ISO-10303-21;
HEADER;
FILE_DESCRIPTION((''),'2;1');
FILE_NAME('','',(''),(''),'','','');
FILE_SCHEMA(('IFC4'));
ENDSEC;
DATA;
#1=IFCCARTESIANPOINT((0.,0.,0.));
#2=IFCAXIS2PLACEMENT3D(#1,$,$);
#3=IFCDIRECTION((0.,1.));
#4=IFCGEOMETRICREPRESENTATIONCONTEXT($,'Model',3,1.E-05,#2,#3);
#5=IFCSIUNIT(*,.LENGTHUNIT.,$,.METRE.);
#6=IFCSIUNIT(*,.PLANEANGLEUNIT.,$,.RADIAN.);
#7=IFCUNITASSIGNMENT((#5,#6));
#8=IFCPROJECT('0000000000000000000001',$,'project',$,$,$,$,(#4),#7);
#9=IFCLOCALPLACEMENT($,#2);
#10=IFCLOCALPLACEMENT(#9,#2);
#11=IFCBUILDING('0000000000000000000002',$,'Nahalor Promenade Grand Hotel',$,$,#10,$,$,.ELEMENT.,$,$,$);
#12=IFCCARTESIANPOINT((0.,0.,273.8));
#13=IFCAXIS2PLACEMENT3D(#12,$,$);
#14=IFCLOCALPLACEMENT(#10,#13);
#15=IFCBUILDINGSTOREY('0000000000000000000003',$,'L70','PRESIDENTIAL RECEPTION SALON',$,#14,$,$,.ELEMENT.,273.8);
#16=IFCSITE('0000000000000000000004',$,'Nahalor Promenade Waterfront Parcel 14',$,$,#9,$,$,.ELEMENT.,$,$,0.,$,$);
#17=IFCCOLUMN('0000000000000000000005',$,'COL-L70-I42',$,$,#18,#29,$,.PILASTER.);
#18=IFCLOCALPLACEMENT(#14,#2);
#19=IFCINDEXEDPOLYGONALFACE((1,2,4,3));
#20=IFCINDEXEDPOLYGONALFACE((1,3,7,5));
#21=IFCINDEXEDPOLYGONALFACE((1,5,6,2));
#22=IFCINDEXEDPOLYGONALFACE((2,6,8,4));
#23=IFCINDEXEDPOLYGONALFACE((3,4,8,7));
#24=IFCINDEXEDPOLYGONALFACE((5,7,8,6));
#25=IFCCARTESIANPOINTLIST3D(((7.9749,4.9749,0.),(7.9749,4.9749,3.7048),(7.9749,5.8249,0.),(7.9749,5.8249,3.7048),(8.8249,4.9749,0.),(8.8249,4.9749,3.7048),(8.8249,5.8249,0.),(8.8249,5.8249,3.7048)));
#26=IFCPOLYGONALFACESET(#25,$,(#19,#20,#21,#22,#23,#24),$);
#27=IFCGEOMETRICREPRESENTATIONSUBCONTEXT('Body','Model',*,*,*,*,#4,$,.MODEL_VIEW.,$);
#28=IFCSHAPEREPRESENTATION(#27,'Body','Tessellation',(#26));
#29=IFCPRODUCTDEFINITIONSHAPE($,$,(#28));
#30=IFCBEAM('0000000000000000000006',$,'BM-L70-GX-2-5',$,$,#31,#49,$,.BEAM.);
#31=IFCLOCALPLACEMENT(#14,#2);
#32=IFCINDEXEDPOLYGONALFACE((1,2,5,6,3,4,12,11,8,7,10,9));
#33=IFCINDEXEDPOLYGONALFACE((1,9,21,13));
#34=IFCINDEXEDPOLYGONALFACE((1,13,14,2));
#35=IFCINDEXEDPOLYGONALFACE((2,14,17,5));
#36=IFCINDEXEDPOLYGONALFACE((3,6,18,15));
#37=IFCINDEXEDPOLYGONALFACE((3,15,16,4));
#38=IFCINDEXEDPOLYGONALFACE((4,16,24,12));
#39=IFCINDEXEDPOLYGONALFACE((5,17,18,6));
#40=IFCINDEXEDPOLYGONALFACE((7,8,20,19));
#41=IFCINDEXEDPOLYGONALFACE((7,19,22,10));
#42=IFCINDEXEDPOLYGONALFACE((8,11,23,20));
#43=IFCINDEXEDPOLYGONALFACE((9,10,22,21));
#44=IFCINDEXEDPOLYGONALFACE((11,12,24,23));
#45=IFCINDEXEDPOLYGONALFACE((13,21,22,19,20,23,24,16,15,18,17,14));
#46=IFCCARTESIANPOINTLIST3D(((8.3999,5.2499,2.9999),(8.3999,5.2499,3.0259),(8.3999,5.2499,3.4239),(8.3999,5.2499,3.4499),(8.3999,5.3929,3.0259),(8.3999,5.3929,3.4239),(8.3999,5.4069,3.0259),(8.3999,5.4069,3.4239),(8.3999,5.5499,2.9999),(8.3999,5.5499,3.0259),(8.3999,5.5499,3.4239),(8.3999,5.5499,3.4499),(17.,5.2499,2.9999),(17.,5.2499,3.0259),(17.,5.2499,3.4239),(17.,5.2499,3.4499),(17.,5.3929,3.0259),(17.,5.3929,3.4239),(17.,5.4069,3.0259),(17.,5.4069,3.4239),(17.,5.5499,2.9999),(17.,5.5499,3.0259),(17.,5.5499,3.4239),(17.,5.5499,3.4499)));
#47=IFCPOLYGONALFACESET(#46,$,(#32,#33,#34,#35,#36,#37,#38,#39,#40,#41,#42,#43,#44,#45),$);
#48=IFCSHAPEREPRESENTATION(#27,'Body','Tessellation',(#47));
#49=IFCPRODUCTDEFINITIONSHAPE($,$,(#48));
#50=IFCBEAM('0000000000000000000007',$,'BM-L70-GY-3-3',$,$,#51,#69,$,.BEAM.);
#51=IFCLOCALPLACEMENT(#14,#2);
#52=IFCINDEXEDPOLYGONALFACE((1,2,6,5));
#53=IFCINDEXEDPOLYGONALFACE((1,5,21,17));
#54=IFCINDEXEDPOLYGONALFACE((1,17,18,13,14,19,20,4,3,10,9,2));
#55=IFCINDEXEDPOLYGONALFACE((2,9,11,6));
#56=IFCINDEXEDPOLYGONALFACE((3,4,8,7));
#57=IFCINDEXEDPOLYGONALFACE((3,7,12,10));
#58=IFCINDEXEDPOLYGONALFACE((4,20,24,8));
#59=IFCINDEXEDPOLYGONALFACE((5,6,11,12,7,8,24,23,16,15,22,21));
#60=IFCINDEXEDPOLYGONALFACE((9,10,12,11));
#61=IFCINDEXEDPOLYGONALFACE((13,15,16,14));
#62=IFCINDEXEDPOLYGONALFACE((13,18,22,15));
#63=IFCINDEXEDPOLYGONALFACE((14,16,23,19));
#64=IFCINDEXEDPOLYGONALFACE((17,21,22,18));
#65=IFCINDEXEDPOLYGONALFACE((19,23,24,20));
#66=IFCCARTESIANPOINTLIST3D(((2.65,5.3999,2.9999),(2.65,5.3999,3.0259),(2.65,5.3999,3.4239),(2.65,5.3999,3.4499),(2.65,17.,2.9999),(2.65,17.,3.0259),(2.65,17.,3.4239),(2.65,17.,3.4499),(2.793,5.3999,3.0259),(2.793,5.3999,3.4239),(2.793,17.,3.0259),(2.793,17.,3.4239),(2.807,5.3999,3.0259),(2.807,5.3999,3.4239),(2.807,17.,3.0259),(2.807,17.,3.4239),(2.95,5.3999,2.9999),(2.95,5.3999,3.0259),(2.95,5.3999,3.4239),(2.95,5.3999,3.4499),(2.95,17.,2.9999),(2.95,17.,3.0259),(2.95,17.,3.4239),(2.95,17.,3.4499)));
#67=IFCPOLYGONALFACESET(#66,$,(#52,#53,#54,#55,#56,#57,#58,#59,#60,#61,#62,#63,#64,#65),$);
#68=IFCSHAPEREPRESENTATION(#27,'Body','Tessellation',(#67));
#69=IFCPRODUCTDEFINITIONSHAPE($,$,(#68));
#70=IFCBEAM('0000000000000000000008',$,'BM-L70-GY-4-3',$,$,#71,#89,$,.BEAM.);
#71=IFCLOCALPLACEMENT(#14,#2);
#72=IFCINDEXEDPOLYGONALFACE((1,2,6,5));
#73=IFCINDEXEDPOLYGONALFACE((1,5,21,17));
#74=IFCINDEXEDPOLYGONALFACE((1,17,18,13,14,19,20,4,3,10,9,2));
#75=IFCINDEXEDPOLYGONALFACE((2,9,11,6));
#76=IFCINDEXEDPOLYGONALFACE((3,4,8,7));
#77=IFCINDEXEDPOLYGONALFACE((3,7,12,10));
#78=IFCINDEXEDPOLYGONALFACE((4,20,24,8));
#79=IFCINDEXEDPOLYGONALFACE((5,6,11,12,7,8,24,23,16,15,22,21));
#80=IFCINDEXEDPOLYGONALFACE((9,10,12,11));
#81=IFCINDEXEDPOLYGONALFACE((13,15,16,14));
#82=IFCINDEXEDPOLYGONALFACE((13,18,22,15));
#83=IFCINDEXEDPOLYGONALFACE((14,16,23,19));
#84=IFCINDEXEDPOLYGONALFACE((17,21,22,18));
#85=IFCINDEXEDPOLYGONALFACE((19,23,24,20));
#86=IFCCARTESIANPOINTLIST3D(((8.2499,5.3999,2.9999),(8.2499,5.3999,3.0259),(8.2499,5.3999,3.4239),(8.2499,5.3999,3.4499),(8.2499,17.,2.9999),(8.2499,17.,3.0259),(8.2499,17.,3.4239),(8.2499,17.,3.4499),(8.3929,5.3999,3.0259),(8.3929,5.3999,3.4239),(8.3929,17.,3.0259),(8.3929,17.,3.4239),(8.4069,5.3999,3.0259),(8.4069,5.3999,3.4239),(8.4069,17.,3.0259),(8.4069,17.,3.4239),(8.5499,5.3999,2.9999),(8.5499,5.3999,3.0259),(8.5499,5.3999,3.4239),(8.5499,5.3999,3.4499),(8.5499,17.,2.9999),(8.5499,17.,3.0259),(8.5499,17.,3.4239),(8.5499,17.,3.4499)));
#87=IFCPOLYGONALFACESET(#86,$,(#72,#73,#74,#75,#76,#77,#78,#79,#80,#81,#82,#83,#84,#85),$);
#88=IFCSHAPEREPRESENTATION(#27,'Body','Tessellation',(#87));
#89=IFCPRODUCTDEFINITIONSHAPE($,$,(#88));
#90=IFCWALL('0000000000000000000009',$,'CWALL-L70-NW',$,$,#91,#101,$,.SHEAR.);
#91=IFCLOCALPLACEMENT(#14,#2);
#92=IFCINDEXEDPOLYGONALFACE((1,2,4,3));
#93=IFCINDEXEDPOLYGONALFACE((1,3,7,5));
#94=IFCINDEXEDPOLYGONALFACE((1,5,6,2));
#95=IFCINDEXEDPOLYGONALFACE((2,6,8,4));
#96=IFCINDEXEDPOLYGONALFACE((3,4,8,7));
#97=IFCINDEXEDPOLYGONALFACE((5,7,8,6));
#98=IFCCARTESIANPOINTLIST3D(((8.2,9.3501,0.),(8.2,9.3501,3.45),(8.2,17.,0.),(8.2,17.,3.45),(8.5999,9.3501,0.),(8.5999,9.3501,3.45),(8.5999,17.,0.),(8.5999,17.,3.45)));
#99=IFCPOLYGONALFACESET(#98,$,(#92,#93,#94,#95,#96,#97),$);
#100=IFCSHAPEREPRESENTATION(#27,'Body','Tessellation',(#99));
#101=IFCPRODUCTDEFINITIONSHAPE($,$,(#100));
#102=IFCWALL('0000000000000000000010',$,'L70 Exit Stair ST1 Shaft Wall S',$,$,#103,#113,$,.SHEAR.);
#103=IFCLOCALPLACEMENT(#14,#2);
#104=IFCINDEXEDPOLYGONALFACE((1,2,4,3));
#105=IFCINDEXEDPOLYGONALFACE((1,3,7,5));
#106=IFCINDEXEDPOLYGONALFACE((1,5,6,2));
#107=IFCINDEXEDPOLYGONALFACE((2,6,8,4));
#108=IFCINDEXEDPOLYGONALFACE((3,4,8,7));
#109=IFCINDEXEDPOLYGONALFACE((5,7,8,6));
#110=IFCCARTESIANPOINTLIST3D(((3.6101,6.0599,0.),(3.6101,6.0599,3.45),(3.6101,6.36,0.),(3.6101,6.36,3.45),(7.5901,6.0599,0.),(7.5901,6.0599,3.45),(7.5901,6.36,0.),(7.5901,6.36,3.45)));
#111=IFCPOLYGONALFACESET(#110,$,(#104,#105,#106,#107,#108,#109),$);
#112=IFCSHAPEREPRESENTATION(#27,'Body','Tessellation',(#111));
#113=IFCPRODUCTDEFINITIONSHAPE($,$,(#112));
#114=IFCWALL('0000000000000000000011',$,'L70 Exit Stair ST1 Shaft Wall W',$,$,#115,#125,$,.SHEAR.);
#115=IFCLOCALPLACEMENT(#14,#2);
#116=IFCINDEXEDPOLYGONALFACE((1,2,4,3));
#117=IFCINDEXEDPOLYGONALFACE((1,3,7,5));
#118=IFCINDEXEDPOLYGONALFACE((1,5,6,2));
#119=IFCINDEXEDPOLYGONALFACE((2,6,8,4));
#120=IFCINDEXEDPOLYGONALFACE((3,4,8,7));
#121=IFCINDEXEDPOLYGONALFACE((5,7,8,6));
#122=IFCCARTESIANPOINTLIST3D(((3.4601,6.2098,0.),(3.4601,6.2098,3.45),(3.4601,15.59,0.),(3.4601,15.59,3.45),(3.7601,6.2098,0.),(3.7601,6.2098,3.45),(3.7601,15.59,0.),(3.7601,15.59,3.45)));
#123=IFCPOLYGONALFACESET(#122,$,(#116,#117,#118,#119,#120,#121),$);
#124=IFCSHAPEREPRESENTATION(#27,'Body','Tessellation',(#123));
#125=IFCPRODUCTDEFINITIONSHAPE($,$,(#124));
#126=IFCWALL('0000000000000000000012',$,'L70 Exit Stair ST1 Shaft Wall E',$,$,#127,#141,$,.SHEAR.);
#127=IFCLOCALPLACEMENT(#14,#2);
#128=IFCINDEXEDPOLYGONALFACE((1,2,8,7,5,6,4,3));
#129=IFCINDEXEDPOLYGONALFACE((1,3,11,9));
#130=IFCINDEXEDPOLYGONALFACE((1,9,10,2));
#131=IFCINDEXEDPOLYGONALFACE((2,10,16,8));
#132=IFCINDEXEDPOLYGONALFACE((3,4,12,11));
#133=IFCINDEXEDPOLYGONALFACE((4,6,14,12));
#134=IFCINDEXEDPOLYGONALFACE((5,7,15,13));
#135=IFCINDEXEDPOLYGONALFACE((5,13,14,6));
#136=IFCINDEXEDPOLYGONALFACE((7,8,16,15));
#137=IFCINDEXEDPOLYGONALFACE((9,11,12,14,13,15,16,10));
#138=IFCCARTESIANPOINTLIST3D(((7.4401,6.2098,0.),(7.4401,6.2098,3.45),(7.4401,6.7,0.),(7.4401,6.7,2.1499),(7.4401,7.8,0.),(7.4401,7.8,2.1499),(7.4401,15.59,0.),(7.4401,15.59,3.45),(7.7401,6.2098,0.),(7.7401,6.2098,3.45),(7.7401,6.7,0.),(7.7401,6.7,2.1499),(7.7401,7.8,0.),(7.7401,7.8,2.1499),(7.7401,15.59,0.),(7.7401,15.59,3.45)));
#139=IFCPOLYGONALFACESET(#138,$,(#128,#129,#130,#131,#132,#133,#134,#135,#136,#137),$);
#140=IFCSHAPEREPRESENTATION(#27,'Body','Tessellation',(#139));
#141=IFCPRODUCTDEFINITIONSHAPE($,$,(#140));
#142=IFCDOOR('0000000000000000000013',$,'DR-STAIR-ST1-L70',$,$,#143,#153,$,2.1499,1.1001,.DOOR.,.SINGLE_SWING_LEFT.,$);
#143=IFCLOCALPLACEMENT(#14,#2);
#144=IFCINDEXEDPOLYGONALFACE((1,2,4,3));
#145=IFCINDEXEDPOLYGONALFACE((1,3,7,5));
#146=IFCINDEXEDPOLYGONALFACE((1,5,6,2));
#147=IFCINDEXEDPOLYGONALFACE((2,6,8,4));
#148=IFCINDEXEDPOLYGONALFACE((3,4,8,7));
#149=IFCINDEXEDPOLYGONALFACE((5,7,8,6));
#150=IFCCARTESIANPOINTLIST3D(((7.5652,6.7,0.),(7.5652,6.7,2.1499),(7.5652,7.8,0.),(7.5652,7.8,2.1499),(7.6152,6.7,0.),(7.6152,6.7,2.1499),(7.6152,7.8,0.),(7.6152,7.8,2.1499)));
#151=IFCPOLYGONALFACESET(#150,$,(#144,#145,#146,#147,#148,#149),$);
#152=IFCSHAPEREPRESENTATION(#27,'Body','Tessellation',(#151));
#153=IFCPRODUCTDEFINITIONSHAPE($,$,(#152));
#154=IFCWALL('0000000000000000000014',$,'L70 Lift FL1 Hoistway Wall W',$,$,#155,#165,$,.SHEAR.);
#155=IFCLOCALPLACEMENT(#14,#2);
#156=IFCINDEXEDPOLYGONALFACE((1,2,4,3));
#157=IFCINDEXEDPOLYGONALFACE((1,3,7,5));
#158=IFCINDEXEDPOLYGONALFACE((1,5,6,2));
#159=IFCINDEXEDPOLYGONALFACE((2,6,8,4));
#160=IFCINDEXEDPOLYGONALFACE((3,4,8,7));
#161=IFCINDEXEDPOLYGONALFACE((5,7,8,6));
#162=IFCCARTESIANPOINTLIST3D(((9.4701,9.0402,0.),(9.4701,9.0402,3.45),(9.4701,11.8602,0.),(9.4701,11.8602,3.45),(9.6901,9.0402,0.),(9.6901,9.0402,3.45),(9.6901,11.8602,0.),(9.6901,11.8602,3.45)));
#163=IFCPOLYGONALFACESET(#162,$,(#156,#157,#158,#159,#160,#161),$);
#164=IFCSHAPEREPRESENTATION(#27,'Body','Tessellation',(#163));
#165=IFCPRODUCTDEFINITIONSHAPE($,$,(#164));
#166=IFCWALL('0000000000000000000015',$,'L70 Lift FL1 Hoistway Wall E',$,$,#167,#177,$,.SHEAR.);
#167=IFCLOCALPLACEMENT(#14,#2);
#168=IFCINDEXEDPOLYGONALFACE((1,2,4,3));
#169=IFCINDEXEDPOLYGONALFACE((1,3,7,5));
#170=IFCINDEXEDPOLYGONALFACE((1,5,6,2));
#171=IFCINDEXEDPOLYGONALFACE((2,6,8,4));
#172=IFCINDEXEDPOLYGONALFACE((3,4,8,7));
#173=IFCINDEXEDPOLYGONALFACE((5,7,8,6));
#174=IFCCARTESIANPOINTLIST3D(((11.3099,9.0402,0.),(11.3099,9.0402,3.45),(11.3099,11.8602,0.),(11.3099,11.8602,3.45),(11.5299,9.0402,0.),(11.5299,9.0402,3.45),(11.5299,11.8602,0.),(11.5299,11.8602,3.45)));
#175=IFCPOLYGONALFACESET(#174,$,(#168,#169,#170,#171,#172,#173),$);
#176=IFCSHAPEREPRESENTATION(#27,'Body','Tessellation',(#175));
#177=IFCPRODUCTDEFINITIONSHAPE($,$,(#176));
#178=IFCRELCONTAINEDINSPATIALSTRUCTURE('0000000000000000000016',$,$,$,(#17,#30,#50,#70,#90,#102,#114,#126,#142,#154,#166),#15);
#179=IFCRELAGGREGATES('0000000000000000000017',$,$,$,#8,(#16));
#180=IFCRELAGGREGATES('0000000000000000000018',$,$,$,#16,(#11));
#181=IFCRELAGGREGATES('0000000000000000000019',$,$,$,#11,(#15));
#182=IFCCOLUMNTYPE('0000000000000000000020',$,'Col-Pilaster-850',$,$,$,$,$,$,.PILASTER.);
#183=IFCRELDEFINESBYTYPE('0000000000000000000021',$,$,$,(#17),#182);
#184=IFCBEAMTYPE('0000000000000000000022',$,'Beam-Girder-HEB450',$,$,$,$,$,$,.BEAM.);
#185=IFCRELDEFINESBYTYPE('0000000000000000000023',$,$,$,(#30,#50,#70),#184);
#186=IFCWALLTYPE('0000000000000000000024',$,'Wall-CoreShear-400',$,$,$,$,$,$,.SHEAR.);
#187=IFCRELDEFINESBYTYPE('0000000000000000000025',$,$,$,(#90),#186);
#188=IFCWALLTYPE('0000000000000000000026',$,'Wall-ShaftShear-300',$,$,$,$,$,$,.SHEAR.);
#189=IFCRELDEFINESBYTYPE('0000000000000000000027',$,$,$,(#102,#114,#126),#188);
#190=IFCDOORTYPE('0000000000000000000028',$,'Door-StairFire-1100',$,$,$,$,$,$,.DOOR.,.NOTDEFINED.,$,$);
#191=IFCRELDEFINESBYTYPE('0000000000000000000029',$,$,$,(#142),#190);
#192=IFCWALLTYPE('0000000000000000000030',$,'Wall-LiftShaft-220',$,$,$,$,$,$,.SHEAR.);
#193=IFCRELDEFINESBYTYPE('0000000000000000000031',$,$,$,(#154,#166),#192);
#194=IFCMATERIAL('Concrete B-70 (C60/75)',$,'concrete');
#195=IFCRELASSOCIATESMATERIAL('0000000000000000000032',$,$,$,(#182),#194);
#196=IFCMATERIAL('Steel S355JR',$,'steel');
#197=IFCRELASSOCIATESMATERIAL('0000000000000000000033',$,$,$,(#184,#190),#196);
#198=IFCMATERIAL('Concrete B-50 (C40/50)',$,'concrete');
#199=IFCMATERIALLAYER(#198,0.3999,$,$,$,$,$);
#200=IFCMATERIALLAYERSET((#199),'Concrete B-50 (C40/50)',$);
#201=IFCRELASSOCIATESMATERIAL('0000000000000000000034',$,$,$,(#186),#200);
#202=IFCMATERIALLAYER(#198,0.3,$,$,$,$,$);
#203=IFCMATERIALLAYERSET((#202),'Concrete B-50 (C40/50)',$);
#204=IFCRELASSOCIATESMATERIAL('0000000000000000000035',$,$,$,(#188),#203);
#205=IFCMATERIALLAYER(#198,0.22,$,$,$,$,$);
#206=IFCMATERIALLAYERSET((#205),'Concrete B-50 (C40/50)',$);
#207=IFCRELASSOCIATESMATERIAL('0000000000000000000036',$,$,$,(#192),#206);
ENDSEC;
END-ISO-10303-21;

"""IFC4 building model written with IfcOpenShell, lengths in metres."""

from ifc_helpers import new_model, si_unit, direction, frame, frame_2d, origin, origin_2d, place, context, subcontext, project, spatial, rectangle, i_section, extrude, source, transform, mapped, material, layer, layer_set, material_profile, profile_set, type_object, element, fill, save


model = new_model("IFC4")

# Units and contexts
model_context = context("Model", 3, precision=1e-05, world=origin(), true_north=direction((0.0, 1.0)))
body_context = subcontext(model_context, "Body", "Model", "MODEL_VIEW")
ifc_project = project(units=[si_unit("LENGTHUNIT", "METRE"), si_unit("PLANEANGLEUNIT", "RADIAN")], contexts=[model_context])

# Site, building, storey
site_placement = place(None, origin())
site = spatial("IfcSite", under=ifc_project, at=site_placement, Name="Nahalor Promenade Waterfront Parcel 14", CompositionType="ELEMENT", RefElevation=0.0)
building_placement = place(site_placement, origin())
building = spatial("IfcBuilding", under=site, at=building_placement, Name="Nahalor Promenade Grand Hotel", CompositionType="ELEMENT")
storey_placement = place(building_placement, frame((0.0, 0.0, 273.8)))
storey = spatial("IfcBuildingStorey", under=building, at=storey_placement, Name="L70", Description="PRESIDENTIAL RECEPTION SALON", CompositionType="ELEMENT", Elevation=273.8)

# Column
ifc_material_1 = material(Name="Concrete B-70 (C60/75)", Category="concrete")
ifc_material_profile_1 = material_profile(ifc_material_1, rectangle(XDim=0.85, YDim=0.85, at=origin_2d()), Name="RC 850x850")
ifc_profile_set_1 = profile_set([ifc_material_profile_1], Name="Concrete B-70 (C60/75)")
column_type = type_object("IfcColumnType", Name="Col-Pilaster-850", PredefinedType="PILASTER", material=ifc_profile_set_1)
shared_shape_1 = source(origin(), body_context, "Body", "SweptSolid", [
    extrude(rectangle(XDim=0.85, YDim=0.85, at=origin_2d()), origin(), (0.0, 0.0, 1.0), 3.7048),
])
column_placement = place(storey_placement, frame((8.3999, 5.3999, 0.0), z_axis=(0.0, 0.0, 1.0), x_axis=(1.0, 0.0, 0.0)))
element("IfcColumn", 1, at=column_placement, inside=storey, type_object=column_type, Name="COL-L70-I42", PredefinedType="PILASTER", context=body_context, shape_type="MappedRepresentation", body=[
    mapped(shared_shape_1, transform((0.0, 0.0, 0.0), scale=1.0)),
])

# Beams
ifc_material_2 = material(Name="Steel S355JR", Category="steel")
ifc_material_profile_2 = material_profile(ifc_material_2, i_section(OverallWidth=0.3, OverallDepth=0.45, WebThickness=0.014, FlangeThickness=0.026, at=origin_2d()), Name="HEB 450")
ifc_profile_set_2 = profile_set([ifc_material_profile_2], Name="Steel S355JR")
beam_type = type_object("IfcBeamType", Name="Beam-Girder-HEB450", PredefinedType="BEAM", material=ifc_profile_set_2)
shared_shape_2 = source(origin(), body_context, "Body", "SweptSolid", [
    extrude(i_section(OverallWidth=0.3, OverallDepth=0.45, WebThickness=0.014, FlangeThickness=0.026, at=origin_2d()), origin(), (0.0, 0.0, 1.0), 8.6001),
])
beam_placement = place(storey_placement, frame((8.3999, 5.3999, 3.2249), z_axis=(1.0, 0.0, 0.0), x_axis=(0.0, 1.0, 0.0)))
element("IfcBeam", 2, at=beam_placement, inside=storey, type_object=beam_type, Name="BM-L70-GX-2-5", PredefinedType="BEAM", context=body_context, shape_type="MappedRepresentation", body=[
    mapped(shared_shape_2, transform((0.0, 0.0, 0.0), scale=1.0)),
])
shared_shape_3 = source(origin(), body_context, "Body", "SweptSolid", [
    extrude(i_section(OverallWidth=0.3, OverallDepth=0.45, WebThickness=0.014, FlangeThickness=0.026, at=origin_2d()), origin(), (0.0, 0.0, 1.0), 11.6001),
])
for number, where, z_axis, x_axis, name in (
    (3, (2.8, 5.3999, 3.2249), (0.0, 1.0, 0.0), (-1.0, 0.0, 0.0), "BM-L70-GY-3-3"),
    (4, (8.3999, 5.3999, 3.2249), (0.0, 1.0, 0.0), (-1.0, 0.0, 0.0), "BM-L70-GY-4-3"),
):
    element("IfcBeam", number, at=place(storey_placement, frame(where, z_axis=z_axis, x_axis=x_axis)), inside=storey, type_object=beam_type, Name=name, PredefinedType="BEAM", context=body_context, shape_type="MappedRepresentation", body=[
        mapped(shared_shape_3, transform((0.0, 0.0, 0.0), scale=1.0)),
    ])

# Walls
ifc_material_3 = material(Name="Concrete B-50 (C40/50)", Category="concrete")
ifc_layer_1 = layer(ifc_material_3, 0.3999)
ifc_layer_set_1 = layer_set([ifc_layer_1], Name="Concrete B-50 (C40/50)")
wall_type_1 = type_object("IfcWallType", Name="Wall-CoreShear-400", PredefinedType="SHEAR", material=ifc_layer_set_1)
shared_shape_4 = source(origin(), body_context, "Body", "SweptSolid", [
    extrude(rectangle(XDim=7.6499, YDim=0.3999, at=frame_2d((3.825, 0.0))), origin(), (0.0, 0.0, 1.0), 3.45),
])
wall_1_placement = place(storey_placement, frame((8.3999, 9.3501, 0.0), z_axis=(0.0, 0.0, 1.0), x_axis=(0.0, 1.0, 0.0)))
element("IfcWall", 5, at=wall_1_placement, inside=storey, type_object=wall_type_1, Name="CWALL-L70-NW", PredefinedType="SHEAR", context=body_context, shape_type="MappedRepresentation", body=[
    mapped(shared_shape_4, transform((0.0, 0.0, 0.0), scale=1.0)),
])
ifc_layer_2 = layer(ifc_material_3, 0.3)
ifc_layer_set_2 = layer_set([ifc_layer_2], Name="Concrete B-50 (C40/50)")
wall_type_2 = type_object("IfcWallType", Name="Wall-ShaftShear-300", PredefinedType="SHEAR", material=ifc_layer_set_2)
shared_shape_5 = source(origin(), body_context, "Body", "SweptSolid", [
    extrude(rectangle(XDim=3.98, YDim=0.3, at=frame_2d((1.99, 0.0))), origin(), (0.0, 0.0, 1.0), 3.45),
])
wall_2_placement = place(storey_placement, frame((3.6101, 6.21, 0.0), z_axis=(0.0, 0.0, 1.0), x_axis=(1.0, 0.0, 0.0)))
element("IfcWall", 6, at=wall_2_placement, inside=storey, type_object=wall_type_2, Name="L70 Exit Stair ST1 Shaft Wall S", PredefinedType="SHEAR", context=body_context, shape_type="MappedRepresentation", body=[
    mapped(shared_shape_5, transform((0.0, 0.0, 0.0), scale=1.0)),
])
shared_shape_6 = source(origin(), body_context, "Body", "SweptSolid", [
    extrude(rectangle(XDim=9.3801, YDim=0.3, at=frame_2d((4.6899, 0.0))), origin(), (0.0, 0.0, 1.0), 3.45),
])
wall_3_placement = place(storey_placement, frame((3.6101, 6.21, 0.0), z_axis=(0.0, 0.0, 1.0), x_axis=(0.0, 1.0, 0.0)))
element("IfcWall", 7, at=wall_3_placement, inside=storey, type_object=wall_type_2, Name="L70 Exit Stair ST1 Shaft Wall W", PredefinedType="SHEAR", context=body_context, shape_type="MappedRepresentation", body=[
    mapped(shared_shape_6, transform((0.0, 0.0, 0.0), scale=1.0)),
])

# Wall, opening, door
wall_4_placement = place(storey_placement, frame((7.5901, 6.21, 0.0), z_axis=(0.0, 0.0, 1.0), x_axis=(0.0, 1.0, 0.0)))
wall_4 = element("IfcWall", 8, at=wall_4_placement, inside=storey, type_object=wall_type_2, Name="L70 Exit Stair ST1 Shaft Wall E", PredefinedType="SHEAR", context=body_context, shape_type="MappedRepresentation", body=[
    mapped(shared_shape_6, transform((0.0, 0.0, 0.0), scale=1.0)),
])
opening_1_placement = place(wall_4_placement, frame((0.49, 0.0, 0.0)))
opening_1 = element("IfcOpeningElement", 9, at=opening_1_placement, cuts=wall_4, PredefinedType="OPENING", context=body_context, shape_type="SweptSolid", body=[
    extrude(rectangle(XDim=1.1001, YDim=2.1499, at=frame_2d((0.55, 1.075))), frame((0.0, 0.1599, 0.0), z_axis=(0.0, -1.0, 0.0), x_axis=(1.0, 0.0, 0.0)), (0.0, 0.0, 1.0), 0.3201),
])
door_type_1 = type_object("IfcDoorType", Name="Door-StairFire-1100", OperationType="NOTDEFINED", PredefinedType="DOOR", material=ifc_material_2)
shared_shape_7 = source(origin(), body_context, "Body", "SweptSolid", [
    extrude(rectangle(XDim=1.1001, YDim=2.1499, at=frame_2d((0.55, 1.075))), frame((0.0, 0.0249, 0.0), z_axis=(0.0, -1.0, 0.0), x_axis=(1.0, 0.0, 0.0)), (0.0, 0.0, 1.0), 0.05),
])
door_1_placement = place(opening_1_placement, origin())
door_1 = element("IfcDoor", 10, at=door_1_placement, inside=storey, type_object=door_type_1, Name="DR-STAIR-ST1-L70", OperationType="SINGLE_SWING_LEFT", OverallHeight=2.1499, OverallWidth=1.1001, PredefinedType="DOOR", context=body_context, shape_type="MappedRepresentation", body=[
    mapped(shared_shape_7, transform((0.0, 0.0, 0.0), scale=1.0)),
])
fill(opening_1, door_1)

# Walls
ifc_layer_3 = layer(ifc_material_3, 0.22)
ifc_layer_set_3 = layer_set([ifc_layer_3], Name="Concrete B-50 (C40/50)")
wall_type_3 = type_object("IfcWallType", Name="Wall-LiftShaft-220", PredefinedType="SHEAR", material=ifc_layer_set_3)
shared_shape_8 = source(origin(), body_context, "Body", "SweptSolid", [
    extrude(rectangle(XDim=2.8201, YDim=0.22, at=frame_2d((1.4102, 0.0))), origin(), (0.0, 0.0, 1.0), 3.45),
])
for number, where, z_axis, x_axis, name in (
    (11, (9.5801, 9.04, 0.0), (0.0, 0.0, 1.0), (0.0, 1.0, 0.0), "L70 Lift FL1 Hoistway Wall W"),
    (12, (11.4199, 9.04, 0.0), (0.0, 0.0, 1.0), (0.0, 1.0, 0.0), "L70 Lift FL1 Hoistway Wall E"),
):
    element("IfcWall", number, at=place(storey_placement, frame(where, z_axis=z_axis, x_axis=x_axis)), inside=storey, type_object=wall_type_3, Name=name, PredefinedType="SHEAR", context=body_context, shape_type="MappedRepresentation", body=[
        mapped(shared_shape_8, transform((0.0, 0.0, 0.0), scale=1.0)),
    ])

save(model, "model.ifc")
